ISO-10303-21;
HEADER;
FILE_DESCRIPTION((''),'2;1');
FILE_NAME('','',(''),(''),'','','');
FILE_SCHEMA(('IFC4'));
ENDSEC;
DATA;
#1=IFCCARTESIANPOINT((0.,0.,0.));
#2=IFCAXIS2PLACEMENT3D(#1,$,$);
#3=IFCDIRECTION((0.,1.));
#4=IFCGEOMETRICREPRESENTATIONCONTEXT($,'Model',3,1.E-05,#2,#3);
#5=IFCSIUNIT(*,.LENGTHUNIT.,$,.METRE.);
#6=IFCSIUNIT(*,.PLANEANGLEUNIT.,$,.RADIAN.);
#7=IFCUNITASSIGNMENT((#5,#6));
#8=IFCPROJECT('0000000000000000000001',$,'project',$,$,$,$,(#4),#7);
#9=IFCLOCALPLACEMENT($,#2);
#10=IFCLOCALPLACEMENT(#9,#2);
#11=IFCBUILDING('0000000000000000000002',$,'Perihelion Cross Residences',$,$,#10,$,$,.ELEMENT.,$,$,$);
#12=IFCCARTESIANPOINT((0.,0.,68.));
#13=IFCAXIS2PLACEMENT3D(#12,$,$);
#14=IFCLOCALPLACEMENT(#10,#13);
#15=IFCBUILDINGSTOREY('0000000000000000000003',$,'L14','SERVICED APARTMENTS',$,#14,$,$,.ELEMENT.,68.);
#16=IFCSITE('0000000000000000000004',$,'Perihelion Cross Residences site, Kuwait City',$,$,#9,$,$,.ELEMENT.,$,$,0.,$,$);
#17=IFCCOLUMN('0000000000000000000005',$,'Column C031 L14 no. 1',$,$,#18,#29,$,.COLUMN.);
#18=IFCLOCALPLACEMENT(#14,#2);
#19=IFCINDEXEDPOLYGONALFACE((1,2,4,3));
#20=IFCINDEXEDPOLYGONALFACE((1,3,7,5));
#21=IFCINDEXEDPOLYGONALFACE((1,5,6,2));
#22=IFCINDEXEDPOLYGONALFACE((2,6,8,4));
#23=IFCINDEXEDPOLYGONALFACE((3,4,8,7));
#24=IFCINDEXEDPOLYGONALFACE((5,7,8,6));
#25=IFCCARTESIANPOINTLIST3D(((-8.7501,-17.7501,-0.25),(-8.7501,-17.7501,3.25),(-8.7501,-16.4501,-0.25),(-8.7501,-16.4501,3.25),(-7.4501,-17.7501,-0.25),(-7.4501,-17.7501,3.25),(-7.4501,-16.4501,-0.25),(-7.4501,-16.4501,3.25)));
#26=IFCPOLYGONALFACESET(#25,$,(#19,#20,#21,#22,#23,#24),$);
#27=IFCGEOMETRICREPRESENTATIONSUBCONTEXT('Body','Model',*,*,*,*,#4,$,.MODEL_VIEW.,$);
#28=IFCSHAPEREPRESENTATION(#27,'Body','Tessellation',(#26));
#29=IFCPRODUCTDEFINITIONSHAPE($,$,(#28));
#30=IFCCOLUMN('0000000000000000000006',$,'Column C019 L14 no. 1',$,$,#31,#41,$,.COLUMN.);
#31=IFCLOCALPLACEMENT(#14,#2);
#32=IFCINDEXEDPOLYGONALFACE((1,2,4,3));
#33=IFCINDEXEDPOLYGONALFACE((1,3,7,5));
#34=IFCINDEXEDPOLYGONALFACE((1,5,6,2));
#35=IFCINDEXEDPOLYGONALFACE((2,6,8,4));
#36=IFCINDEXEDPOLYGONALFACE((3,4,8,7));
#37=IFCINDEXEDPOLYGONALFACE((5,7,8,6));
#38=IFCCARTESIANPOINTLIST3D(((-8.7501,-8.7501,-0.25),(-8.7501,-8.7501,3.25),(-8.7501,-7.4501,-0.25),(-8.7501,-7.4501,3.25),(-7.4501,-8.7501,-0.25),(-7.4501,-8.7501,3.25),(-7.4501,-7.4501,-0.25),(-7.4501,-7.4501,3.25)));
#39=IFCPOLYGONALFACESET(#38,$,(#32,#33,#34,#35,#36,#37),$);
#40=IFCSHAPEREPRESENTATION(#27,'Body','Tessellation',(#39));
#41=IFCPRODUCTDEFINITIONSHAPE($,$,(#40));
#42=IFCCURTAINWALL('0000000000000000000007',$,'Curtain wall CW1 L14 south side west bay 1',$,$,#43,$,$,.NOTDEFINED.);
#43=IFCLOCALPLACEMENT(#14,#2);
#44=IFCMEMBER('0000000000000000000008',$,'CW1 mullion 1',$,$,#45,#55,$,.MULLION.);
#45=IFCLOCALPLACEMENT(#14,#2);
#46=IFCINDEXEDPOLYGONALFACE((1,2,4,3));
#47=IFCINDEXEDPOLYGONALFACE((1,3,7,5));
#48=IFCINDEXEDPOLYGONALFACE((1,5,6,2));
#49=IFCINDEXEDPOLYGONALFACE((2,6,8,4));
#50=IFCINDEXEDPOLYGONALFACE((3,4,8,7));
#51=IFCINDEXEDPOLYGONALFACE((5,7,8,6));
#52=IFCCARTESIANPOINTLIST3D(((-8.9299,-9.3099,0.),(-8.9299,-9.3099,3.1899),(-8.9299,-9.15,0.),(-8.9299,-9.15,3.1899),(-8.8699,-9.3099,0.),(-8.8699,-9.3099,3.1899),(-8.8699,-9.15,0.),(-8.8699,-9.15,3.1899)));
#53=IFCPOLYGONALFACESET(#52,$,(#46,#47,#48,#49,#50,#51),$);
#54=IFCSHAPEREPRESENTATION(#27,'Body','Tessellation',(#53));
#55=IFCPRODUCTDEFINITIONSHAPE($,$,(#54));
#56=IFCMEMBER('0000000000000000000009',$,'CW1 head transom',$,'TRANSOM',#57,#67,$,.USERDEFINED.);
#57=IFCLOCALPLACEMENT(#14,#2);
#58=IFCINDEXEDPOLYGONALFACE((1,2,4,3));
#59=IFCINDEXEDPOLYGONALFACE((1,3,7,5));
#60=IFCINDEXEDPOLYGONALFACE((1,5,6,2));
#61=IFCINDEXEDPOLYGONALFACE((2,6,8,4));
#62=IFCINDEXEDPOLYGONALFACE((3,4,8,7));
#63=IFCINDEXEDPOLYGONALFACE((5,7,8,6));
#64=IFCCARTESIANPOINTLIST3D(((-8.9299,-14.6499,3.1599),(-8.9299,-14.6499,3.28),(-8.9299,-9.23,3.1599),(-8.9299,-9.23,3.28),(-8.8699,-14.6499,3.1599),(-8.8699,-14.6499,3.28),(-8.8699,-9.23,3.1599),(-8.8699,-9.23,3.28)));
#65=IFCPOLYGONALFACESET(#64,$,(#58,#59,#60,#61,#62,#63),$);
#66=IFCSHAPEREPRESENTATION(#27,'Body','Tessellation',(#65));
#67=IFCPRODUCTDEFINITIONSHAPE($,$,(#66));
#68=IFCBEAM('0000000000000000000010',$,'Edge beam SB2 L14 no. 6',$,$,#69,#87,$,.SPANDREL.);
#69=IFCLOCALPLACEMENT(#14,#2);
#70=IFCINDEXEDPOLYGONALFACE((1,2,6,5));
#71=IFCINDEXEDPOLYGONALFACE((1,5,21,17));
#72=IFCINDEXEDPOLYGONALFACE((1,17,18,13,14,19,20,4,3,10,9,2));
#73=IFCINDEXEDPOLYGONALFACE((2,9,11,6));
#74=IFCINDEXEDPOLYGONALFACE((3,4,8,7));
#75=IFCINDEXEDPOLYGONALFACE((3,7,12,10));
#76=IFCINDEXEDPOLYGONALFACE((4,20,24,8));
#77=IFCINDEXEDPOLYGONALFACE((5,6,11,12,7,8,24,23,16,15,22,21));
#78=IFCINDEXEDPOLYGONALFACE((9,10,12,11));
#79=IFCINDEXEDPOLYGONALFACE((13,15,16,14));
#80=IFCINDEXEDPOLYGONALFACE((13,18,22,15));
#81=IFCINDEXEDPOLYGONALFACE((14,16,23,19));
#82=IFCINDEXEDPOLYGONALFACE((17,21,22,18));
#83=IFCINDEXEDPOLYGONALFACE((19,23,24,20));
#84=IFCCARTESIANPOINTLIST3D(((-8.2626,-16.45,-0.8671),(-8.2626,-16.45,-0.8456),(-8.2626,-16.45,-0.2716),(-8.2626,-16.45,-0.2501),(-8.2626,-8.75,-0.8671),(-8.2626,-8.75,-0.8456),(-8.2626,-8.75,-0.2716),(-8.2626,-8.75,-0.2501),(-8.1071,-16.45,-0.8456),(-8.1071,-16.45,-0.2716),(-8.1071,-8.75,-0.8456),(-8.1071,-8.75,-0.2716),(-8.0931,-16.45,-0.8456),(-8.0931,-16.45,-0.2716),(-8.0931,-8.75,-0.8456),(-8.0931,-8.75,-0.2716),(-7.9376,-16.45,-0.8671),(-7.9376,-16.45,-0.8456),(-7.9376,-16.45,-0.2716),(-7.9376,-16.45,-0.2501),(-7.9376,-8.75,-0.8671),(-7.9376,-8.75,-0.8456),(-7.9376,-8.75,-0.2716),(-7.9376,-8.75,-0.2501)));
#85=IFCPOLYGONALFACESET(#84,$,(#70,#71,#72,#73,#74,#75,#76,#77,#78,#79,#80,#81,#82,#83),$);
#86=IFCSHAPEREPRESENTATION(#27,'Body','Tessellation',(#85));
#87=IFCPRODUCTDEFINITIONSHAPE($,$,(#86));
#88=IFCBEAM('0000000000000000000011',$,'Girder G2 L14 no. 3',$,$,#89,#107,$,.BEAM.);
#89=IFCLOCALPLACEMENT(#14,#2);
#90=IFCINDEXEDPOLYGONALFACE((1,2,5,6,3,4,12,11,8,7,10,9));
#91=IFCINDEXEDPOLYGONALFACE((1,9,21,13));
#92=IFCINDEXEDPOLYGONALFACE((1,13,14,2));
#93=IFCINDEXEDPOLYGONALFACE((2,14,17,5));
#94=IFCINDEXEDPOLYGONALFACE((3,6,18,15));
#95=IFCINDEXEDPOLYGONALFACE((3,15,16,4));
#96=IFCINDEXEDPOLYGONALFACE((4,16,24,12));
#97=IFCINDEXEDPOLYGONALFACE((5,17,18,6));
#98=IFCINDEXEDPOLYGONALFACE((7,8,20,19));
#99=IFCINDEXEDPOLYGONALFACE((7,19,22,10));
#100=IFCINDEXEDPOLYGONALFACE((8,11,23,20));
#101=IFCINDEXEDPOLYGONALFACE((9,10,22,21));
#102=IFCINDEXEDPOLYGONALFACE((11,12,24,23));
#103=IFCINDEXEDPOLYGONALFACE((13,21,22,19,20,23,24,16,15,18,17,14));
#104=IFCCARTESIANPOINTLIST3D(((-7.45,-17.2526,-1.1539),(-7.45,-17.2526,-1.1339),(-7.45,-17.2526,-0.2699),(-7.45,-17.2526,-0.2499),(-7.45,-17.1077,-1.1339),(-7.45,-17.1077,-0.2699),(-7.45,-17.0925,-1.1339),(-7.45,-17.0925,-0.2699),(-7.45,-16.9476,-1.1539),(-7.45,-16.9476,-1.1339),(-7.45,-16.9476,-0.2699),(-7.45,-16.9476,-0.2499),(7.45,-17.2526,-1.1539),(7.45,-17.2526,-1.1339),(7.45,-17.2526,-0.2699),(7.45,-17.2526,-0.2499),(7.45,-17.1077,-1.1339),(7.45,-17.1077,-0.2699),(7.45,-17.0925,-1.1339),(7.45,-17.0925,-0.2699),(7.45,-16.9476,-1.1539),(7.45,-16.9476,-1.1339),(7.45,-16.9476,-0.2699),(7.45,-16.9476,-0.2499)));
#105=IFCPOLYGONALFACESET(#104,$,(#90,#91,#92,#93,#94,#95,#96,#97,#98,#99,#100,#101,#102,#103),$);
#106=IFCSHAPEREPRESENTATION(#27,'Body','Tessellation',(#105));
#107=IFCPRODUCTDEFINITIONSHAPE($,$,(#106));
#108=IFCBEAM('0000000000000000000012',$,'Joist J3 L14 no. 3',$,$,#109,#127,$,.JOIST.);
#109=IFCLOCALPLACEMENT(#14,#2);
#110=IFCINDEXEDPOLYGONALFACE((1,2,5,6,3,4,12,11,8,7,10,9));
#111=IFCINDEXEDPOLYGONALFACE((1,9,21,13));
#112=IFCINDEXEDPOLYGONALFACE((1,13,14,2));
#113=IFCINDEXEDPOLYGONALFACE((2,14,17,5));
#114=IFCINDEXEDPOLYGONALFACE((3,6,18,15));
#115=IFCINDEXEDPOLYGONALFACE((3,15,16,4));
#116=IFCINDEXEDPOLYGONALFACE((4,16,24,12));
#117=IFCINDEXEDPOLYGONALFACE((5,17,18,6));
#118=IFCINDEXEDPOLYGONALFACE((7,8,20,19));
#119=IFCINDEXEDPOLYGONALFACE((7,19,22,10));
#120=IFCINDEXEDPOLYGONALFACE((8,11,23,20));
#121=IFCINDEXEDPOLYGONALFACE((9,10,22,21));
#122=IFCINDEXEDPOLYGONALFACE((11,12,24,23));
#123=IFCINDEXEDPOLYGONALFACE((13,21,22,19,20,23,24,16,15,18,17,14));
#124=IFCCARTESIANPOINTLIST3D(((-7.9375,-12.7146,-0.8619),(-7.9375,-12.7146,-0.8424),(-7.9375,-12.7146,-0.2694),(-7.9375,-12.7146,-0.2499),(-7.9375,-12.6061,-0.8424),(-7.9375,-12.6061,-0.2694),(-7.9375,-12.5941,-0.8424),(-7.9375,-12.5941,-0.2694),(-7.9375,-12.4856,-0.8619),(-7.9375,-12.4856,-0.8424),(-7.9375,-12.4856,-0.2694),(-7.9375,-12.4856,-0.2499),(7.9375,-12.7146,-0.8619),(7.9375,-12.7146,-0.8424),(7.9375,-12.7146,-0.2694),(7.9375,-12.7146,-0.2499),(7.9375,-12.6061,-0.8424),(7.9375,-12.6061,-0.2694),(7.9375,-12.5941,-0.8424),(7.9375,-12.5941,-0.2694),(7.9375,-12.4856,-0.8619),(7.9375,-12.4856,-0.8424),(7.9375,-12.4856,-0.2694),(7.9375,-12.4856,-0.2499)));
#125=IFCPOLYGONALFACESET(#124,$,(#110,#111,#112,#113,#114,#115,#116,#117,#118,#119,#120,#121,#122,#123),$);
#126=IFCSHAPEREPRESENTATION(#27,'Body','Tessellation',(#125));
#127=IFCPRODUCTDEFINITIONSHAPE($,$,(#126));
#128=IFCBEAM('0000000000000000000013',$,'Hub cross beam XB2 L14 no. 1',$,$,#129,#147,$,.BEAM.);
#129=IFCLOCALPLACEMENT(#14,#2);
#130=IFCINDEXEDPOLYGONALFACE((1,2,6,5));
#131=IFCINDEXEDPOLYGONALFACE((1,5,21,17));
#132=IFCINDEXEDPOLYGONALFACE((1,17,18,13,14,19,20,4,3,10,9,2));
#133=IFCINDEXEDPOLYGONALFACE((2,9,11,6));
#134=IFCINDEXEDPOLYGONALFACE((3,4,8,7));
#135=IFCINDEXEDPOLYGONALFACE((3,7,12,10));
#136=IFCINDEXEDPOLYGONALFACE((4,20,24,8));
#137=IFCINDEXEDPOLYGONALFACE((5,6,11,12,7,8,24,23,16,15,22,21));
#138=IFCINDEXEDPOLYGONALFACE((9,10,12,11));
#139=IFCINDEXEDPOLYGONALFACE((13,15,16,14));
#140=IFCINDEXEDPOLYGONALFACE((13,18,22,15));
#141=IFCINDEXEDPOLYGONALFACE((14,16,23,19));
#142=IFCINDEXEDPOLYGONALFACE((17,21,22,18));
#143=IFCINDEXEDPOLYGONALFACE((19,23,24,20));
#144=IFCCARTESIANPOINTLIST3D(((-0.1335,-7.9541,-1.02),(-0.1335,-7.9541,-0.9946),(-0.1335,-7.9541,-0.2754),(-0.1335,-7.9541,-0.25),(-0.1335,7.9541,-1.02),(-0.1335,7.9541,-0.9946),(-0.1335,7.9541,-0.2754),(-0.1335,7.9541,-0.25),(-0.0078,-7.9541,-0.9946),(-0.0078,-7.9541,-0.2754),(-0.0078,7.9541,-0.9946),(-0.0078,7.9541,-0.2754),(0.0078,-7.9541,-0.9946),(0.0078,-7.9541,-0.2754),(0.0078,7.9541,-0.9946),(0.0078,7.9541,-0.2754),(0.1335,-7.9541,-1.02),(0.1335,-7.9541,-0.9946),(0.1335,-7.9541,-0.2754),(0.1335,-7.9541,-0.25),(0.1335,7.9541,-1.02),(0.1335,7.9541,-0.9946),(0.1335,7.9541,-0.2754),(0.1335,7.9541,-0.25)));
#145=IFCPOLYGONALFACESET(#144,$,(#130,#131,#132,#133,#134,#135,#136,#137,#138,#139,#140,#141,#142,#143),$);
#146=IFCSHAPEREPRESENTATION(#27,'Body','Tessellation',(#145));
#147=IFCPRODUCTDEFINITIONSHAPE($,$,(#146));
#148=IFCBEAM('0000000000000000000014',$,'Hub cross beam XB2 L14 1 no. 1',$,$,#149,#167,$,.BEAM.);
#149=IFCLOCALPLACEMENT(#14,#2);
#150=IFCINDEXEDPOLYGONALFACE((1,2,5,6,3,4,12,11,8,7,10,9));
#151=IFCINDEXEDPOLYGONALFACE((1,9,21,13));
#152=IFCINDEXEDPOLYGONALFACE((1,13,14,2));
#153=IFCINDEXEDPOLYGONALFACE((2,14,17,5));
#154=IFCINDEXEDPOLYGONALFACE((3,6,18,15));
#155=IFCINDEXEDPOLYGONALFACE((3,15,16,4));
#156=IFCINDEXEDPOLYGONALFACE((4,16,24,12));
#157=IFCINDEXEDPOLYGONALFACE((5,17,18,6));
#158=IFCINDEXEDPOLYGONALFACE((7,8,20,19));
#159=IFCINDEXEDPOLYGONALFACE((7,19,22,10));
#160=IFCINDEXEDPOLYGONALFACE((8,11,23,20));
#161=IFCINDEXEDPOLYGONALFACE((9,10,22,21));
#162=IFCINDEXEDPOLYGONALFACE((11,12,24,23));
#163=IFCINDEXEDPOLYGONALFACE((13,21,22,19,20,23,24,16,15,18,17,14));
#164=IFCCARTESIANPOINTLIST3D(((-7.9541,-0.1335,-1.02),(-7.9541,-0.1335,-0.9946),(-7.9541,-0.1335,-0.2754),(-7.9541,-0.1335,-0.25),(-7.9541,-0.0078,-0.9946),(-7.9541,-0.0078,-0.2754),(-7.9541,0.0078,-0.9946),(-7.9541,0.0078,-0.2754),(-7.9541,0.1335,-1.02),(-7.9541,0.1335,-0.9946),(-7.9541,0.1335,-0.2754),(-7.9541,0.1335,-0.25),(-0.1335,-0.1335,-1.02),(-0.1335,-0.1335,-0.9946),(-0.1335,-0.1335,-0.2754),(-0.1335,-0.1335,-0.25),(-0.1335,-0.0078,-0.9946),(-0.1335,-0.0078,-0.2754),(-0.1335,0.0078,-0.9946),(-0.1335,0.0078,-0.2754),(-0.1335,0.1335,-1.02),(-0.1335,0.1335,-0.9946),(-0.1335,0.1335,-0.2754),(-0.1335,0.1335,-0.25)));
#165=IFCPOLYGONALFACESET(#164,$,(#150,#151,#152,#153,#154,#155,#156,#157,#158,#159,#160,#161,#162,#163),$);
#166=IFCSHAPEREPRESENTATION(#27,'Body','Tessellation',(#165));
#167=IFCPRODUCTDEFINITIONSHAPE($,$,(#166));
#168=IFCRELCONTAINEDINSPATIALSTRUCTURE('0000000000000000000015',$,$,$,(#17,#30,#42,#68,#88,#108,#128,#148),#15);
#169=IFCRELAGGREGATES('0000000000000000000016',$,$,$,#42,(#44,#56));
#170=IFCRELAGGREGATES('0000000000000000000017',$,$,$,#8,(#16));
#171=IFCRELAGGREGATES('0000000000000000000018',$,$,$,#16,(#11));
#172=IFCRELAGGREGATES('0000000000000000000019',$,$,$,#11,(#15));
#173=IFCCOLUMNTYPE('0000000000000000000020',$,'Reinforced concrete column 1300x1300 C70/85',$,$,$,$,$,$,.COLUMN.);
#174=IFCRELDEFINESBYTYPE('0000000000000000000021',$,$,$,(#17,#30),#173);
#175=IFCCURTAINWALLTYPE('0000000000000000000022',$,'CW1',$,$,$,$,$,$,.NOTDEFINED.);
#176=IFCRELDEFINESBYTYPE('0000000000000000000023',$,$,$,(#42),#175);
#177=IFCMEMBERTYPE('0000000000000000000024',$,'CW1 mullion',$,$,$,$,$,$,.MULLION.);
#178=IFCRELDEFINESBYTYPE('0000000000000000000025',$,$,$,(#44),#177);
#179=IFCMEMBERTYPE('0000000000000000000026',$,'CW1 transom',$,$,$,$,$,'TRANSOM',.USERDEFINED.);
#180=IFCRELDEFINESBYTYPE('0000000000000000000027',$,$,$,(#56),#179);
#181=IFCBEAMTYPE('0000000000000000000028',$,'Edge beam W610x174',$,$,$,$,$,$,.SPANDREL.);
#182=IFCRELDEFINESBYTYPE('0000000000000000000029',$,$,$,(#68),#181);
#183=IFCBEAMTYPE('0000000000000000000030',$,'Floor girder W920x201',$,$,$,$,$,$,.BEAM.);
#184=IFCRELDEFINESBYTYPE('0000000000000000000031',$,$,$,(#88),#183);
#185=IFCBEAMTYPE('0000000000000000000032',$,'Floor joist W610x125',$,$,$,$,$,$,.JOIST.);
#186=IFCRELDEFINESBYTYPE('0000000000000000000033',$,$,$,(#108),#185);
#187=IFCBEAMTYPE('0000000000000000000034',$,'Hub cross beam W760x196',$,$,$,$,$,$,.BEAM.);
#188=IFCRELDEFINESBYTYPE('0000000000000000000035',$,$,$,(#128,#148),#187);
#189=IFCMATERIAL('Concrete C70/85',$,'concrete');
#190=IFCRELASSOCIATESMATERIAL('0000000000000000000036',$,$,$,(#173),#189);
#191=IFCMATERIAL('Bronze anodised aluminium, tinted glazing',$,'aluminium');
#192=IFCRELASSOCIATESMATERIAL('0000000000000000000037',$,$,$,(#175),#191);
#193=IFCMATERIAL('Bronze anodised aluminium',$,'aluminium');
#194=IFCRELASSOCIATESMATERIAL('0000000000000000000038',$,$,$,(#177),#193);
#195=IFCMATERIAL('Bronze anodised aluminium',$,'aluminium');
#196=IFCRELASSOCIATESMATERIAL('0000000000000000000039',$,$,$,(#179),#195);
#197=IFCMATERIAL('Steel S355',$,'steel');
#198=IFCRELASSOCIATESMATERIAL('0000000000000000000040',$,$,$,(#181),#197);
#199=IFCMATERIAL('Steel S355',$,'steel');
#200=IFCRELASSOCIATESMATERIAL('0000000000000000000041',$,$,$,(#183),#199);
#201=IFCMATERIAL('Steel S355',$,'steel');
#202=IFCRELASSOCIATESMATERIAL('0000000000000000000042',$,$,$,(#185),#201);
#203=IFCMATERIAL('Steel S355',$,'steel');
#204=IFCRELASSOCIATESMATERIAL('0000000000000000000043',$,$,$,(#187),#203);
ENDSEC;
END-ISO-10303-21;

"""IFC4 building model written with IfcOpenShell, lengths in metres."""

from ifc_helpers import new_model, si_unit, direction, frame, origin, origin_2d, place, context, subcontext, project, spatial, rectangle, i_section, extrude, material, material_profile, profile_set, type_object, element, aggregate, save


model = new_model("IFC4")

# Units and contexts
model_context = context("Model", 3, precision=1e-05, world=origin(), true_north=direction((0.0, 1.0)))
body_context = subcontext(model_context, "Body", "Model", "MODEL_VIEW")
ifc_project = project(units=[si_unit("LENGTHUNIT", "METRE"), si_unit("PLANEANGLEUNIT", "RADIAN")], contexts=[model_context])

# Site, building, storey
site_placement = place(None, origin())
site = spatial("IfcSite", under=ifc_project, at=site_placement, Name="Perihelion Cross Residences site, Kuwait City", CompositionType="ELEMENT", RefElevation=0.0)
building_placement = place(site_placement, origin())
building = spatial("IfcBuilding", under=site, at=building_placement, Name="Perihelion Cross Residences", CompositionType="ELEMENT")
storey_placement = place(building_placement, frame((0.0, 0.0, 68.0)))
storey = spatial("IfcBuildingStorey", under=building, at=storey_placement, Name="L14", Description="SERVICED APARTMENTS", CompositionType="ELEMENT", Elevation=68.0)

# Columns
ifc_material_1 = material(Name="Concrete C70/85", Category="concrete")
ifc_material_profile_1 = material_profile(ifc_material_1, rectangle(XDim=1.3, YDim=1.3, at=origin_2d()), Name="RC 1300x1300")
ifc_profile_set_1 = profile_set([ifc_material_profile_1], Name="Concrete C70/85")
column_type = type_object("IfcColumnType", Name="Reinforced concrete column 1300x1300 C70/85", PredefinedType="COLUMN", material=ifc_profile_set_1)
for number, where, z_axis, x_axis, name in (
    (1, (-8.1001, -17.1001, -0.25), (0.0, 0.0, 1.0), (1.0, 0.0, 0.0), "Column C031 L14 no. 1"),
    (2, (-8.1001, -8.1001, -0.25), (0.0, 0.0, 1.0), (1.0, 0.0, 0.0), "Column C019 L14 no. 1"),
):
    element("IfcColumn", number, at=place(storey_placement, frame(where, z_axis=z_axis, x_axis=x_axis)), inside=storey, type_object=column_type, Name=name, PredefinedType="COLUMN", context=body_context, shape_type="SweptSolid", body=[
        extrude(rectangle(XDim=1.3, YDim=1.3, at=origin_2d()), origin(), (0.0, 0.0, 1.0), 3.5),
    ])

# Curtain wall, members
ifc_material_2 = material(Name="Bronze anodised aluminium, tinted glazing", Category="aluminium")
curtain_wall_type = type_object("IfcCurtainWallType", Name="CW1", PredefinedType="NOTDEFINED", material=ifc_material_2)
curtain_wall_placement = place(storey_placement, origin())
curtain_wall = element("IfcCurtainWall", 3, at=curtain_wall_placement, inside=storey, type_object=curtain_wall_type, Name="Curtain wall CW1 L14 south side west bay 1", PredefinedType="NOTDEFINED")
ifc_material_3 = material(Name="Bronze anodised aluminium", Category="aluminium")
ifc_material_profile_2 = material_profile(ifc_material_3, rectangle(XDim=0.0601, YDim=0.1599, at=origin_2d()), Name="CW1 mullion")
ifc_profile_set_2 = profile_set([ifc_material_profile_2], Name="Bronze anodised aluminium")
member_type_1 = type_object("IfcMemberType", Name="CW1 mullion", PredefinedType="MULLION", material=ifc_profile_set_2)
member_1_placement = place(storey_placement, frame((-8.8999, -9.23, 0.0), z_axis=(0.0, 0.0, 1.0), x_axis=(1.0, 0.0, 0.0)))
member_1 = element("IfcMember", 4, at=member_1_placement, type_object=member_type_1, Name="CW1 mullion 1", PredefinedType="MULLION", context=body_context, shape_type="SweptSolid", body=[
    extrude(rectangle(XDim=0.0601, YDim=0.1599, at=origin_2d()), origin(), (0.0, 0.0, 1.0), 3.1899),
])
ifc_material_4 = material(Name="Bronze anodised aluminium", Category="aluminium")
ifc_material_profile_3 = material_profile(ifc_material_4, rectangle(XDim=0.0601, YDim=0.1201, at=origin_2d()), Name="CW1 transom")
ifc_profile_set_3 = profile_set([ifc_material_profile_3], Name="Bronze anodised aluminium")
member_type_2 = type_object("IfcMemberType", Name="CW1 transom", ElementType="TRANSOM", PredefinedType="USERDEFINED", material=ifc_profile_set_3)
member_2_placement = place(storey_placement, frame((-8.8999, -9.23, 3.22), z_axis=(0.0, -1.0, 0.0), x_axis=(1.0, 0.0, 0.0)))
member_2 = element("IfcMember", 5, at=member_2_placement, type_object=member_type_2, Name="CW1 head transom", ObjectType="TRANSOM", PredefinedType="USERDEFINED", context=body_context, shape_type="SweptSolid", body=[
    extrude(rectangle(XDim=0.0601, YDim=0.1201, at=origin_2d()), origin(), (0.0, 0.0, 1.0), 5.4199),
])

# Beams
ifc_material_5 = material(Name="Steel S355", Category="steel")
ifc_material_profile_4 = material_profile(ifc_material_5, i_section(OverallWidth=0.325, OverallDepth=0.6169, WebThickness=0.0139, FlangeThickness=0.0215, at=origin_2d()), Name="W610x174")
ifc_profile_set_4 = profile_set([ifc_material_profile_4], Name="Steel S355")
beam_type_1 = type_object("IfcBeamType", Name="Edge beam W610x174", PredefinedType="SPANDREL", material=ifc_profile_set_4)
beam_1_placement = place(storey_placement, frame((-8.1001, -8.75, -0.5586), z_axis=(0.0, -1.0, 0.0), x_axis=(1.0, 0.0, 0.0)))
element("IfcBeam", 6, at=beam_1_placement, inside=storey, type_object=beam_type_1, Name="Edge beam SB2 L14 no. 6", PredefinedType="SPANDREL", context=body_context, shape_type="SweptSolid", body=[
    extrude(i_section(OverallWidth=0.325, OverallDepth=0.6169, WebThickness=0.0139, FlangeThickness=0.0215, at=origin_2d()), origin(), (0.0, 0.0, 1.0), 7.7),
])
ifc_material_6 = material(Name="Steel S355", Category="steel")
ifc_material_profile_5 = material_profile(ifc_material_6, i_section(OverallWidth=0.3049, OverallDepth=0.9041, WebThickness=0.0151, FlangeThickness=0.02, at=origin_2d()), Name="W920x201")
ifc_profile_set_5 = profile_set([ifc_material_profile_5], Name="Steel S355")
beam_type_2 = type_object("IfcBeamType", Name="Floor girder W920x201", PredefinedType="BEAM", material=ifc_profile_set_5)
beam_2_placement = place(storey_placement, frame((-7.45, -17.1001, -0.7019), z_axis=(1.0, 0.0, 0.0), x_axis=(0.0, 1.0, 0.0)))
element("IfcBeam", 7, at=beam_2_placement, inside=storey, type_object=beam_type_2, Name="Girder G2 L14 no. 3", PredefinedType="BEAM", context=body_context, shape_type="SweptSolid", body=[
    extrude(i_section(OverallWidth=0.3049, OverallDepth=0.9041, WebThickness=0.0151, FlangeThickness=0.02, at=origin_2d()), origin(), (0.0, 0.0, 1.0), 14.8999),
])
ifc_material_7 = material(Name="Steel S355", Category="steel")
ifc_material_profile_6 = material_profile(ifc_material_7, i_section(OverallWidth=0.229, OverallDepth=0.6121, WebThickness=0.012, FlangeThickness=0.0195, at=origin_2d()), Name="W610x125")
ifc_profile_set_6 = profile_set([ifc_material_profile_6], Name="Steel S355")
beam_type_3 = type_object("IfcBeamType", Name="Floor joist W610x125", PredefinedType="JOIST", material=ifc_profile_set_6)
beam_3_placement = place(storey_placement, frame((-7.9375, -12.6001, -0.5559), z_axis=(1.0, 0.0, 0.0), x_axis=(0.0, 1.0, 0.0)))
element("IfcBeam", 8, at=beam_3_placement, inside=storey, type_object=beam_type_3, Name="Joist J3 L14 no. 3", PredefinedType="JOIST", context=body_context, shape_type="SweptSolid", body=[
    extrude(i_section(OverallWidth=0.229, OverallDepth=0.6121, WebThickness=0.012, FlangeThickness=0.0195, at=origin_2d()), origin(), (0.0, 0.0, 1.0), 15.875),
])
ifc_material_8 = material(Name="Steel S355", Category="steel")
ifc_material_profile_7 = material_profile(ifc_material_8, i_section(OverallWidth=0.2671, OverallDepth=0.77, WebThickness=0.0156, FlangeThickness=0.0254, at=origin_2d()), Name="W760x196")
ifc_profile_set_7 = profile_set([ifc_material_profile_7], Name="Steel S355")
beam_type_4 = type_object("IfcBeamType", Name="Hub cross beam W760x196", PredefinedType="BEAM", material=ifc_profile_set_7)
beam_4_placement = place(storey_placement, frame((0.0, -7.9541, -0.635), z_axis=(0.0, 1.0, 0.0), x_axis=(-1.0, 0.0, 0.0)))
element("IfcBeam", 9, at=beam_4_placement, inside=storey, type_object=beam_type_4, Name="Hub cross beam XB2 L14 no. 1", PredefinedType="BEAM", context=body_context, shape_type="SweptSolid", body=[
    extrude(i_section(OverallWidth=0.2671, OverallDepth=0.77, WebThickness=0.0156, FlangeThickness=0.0254, at=origin_2d()), origin(), (0.0, 0.0, 1.0), 15.9082),
])
beam_5_placement = place(storey_placement, frame((-7.9541, 0.0, -0.635), z_axis=(1.0, 0.0, 0.0), x_axis=(0.0, 1.0, 0.0)))
element("IfcBeam", 10, at=beam_5_placement, inside=storey, type_object=beam_type_4, Name="Hub cross beam XB2 L14 1 no. 1", PredefinedType="BEAM", context=body_context, shape_type="SweptSolid", body=[
    extrude(i_section(OverallWidth=0.2671, OverallDepth=0.77, WebThickness=0.0156, FlangeThickness=0.0254, at=origin_2d()), origin(), (0.0, 0.0, 1.0), 7.8206),
])

aggregate(curtain_wall, [member_1, member_2])

save(model, "model.ifc")
